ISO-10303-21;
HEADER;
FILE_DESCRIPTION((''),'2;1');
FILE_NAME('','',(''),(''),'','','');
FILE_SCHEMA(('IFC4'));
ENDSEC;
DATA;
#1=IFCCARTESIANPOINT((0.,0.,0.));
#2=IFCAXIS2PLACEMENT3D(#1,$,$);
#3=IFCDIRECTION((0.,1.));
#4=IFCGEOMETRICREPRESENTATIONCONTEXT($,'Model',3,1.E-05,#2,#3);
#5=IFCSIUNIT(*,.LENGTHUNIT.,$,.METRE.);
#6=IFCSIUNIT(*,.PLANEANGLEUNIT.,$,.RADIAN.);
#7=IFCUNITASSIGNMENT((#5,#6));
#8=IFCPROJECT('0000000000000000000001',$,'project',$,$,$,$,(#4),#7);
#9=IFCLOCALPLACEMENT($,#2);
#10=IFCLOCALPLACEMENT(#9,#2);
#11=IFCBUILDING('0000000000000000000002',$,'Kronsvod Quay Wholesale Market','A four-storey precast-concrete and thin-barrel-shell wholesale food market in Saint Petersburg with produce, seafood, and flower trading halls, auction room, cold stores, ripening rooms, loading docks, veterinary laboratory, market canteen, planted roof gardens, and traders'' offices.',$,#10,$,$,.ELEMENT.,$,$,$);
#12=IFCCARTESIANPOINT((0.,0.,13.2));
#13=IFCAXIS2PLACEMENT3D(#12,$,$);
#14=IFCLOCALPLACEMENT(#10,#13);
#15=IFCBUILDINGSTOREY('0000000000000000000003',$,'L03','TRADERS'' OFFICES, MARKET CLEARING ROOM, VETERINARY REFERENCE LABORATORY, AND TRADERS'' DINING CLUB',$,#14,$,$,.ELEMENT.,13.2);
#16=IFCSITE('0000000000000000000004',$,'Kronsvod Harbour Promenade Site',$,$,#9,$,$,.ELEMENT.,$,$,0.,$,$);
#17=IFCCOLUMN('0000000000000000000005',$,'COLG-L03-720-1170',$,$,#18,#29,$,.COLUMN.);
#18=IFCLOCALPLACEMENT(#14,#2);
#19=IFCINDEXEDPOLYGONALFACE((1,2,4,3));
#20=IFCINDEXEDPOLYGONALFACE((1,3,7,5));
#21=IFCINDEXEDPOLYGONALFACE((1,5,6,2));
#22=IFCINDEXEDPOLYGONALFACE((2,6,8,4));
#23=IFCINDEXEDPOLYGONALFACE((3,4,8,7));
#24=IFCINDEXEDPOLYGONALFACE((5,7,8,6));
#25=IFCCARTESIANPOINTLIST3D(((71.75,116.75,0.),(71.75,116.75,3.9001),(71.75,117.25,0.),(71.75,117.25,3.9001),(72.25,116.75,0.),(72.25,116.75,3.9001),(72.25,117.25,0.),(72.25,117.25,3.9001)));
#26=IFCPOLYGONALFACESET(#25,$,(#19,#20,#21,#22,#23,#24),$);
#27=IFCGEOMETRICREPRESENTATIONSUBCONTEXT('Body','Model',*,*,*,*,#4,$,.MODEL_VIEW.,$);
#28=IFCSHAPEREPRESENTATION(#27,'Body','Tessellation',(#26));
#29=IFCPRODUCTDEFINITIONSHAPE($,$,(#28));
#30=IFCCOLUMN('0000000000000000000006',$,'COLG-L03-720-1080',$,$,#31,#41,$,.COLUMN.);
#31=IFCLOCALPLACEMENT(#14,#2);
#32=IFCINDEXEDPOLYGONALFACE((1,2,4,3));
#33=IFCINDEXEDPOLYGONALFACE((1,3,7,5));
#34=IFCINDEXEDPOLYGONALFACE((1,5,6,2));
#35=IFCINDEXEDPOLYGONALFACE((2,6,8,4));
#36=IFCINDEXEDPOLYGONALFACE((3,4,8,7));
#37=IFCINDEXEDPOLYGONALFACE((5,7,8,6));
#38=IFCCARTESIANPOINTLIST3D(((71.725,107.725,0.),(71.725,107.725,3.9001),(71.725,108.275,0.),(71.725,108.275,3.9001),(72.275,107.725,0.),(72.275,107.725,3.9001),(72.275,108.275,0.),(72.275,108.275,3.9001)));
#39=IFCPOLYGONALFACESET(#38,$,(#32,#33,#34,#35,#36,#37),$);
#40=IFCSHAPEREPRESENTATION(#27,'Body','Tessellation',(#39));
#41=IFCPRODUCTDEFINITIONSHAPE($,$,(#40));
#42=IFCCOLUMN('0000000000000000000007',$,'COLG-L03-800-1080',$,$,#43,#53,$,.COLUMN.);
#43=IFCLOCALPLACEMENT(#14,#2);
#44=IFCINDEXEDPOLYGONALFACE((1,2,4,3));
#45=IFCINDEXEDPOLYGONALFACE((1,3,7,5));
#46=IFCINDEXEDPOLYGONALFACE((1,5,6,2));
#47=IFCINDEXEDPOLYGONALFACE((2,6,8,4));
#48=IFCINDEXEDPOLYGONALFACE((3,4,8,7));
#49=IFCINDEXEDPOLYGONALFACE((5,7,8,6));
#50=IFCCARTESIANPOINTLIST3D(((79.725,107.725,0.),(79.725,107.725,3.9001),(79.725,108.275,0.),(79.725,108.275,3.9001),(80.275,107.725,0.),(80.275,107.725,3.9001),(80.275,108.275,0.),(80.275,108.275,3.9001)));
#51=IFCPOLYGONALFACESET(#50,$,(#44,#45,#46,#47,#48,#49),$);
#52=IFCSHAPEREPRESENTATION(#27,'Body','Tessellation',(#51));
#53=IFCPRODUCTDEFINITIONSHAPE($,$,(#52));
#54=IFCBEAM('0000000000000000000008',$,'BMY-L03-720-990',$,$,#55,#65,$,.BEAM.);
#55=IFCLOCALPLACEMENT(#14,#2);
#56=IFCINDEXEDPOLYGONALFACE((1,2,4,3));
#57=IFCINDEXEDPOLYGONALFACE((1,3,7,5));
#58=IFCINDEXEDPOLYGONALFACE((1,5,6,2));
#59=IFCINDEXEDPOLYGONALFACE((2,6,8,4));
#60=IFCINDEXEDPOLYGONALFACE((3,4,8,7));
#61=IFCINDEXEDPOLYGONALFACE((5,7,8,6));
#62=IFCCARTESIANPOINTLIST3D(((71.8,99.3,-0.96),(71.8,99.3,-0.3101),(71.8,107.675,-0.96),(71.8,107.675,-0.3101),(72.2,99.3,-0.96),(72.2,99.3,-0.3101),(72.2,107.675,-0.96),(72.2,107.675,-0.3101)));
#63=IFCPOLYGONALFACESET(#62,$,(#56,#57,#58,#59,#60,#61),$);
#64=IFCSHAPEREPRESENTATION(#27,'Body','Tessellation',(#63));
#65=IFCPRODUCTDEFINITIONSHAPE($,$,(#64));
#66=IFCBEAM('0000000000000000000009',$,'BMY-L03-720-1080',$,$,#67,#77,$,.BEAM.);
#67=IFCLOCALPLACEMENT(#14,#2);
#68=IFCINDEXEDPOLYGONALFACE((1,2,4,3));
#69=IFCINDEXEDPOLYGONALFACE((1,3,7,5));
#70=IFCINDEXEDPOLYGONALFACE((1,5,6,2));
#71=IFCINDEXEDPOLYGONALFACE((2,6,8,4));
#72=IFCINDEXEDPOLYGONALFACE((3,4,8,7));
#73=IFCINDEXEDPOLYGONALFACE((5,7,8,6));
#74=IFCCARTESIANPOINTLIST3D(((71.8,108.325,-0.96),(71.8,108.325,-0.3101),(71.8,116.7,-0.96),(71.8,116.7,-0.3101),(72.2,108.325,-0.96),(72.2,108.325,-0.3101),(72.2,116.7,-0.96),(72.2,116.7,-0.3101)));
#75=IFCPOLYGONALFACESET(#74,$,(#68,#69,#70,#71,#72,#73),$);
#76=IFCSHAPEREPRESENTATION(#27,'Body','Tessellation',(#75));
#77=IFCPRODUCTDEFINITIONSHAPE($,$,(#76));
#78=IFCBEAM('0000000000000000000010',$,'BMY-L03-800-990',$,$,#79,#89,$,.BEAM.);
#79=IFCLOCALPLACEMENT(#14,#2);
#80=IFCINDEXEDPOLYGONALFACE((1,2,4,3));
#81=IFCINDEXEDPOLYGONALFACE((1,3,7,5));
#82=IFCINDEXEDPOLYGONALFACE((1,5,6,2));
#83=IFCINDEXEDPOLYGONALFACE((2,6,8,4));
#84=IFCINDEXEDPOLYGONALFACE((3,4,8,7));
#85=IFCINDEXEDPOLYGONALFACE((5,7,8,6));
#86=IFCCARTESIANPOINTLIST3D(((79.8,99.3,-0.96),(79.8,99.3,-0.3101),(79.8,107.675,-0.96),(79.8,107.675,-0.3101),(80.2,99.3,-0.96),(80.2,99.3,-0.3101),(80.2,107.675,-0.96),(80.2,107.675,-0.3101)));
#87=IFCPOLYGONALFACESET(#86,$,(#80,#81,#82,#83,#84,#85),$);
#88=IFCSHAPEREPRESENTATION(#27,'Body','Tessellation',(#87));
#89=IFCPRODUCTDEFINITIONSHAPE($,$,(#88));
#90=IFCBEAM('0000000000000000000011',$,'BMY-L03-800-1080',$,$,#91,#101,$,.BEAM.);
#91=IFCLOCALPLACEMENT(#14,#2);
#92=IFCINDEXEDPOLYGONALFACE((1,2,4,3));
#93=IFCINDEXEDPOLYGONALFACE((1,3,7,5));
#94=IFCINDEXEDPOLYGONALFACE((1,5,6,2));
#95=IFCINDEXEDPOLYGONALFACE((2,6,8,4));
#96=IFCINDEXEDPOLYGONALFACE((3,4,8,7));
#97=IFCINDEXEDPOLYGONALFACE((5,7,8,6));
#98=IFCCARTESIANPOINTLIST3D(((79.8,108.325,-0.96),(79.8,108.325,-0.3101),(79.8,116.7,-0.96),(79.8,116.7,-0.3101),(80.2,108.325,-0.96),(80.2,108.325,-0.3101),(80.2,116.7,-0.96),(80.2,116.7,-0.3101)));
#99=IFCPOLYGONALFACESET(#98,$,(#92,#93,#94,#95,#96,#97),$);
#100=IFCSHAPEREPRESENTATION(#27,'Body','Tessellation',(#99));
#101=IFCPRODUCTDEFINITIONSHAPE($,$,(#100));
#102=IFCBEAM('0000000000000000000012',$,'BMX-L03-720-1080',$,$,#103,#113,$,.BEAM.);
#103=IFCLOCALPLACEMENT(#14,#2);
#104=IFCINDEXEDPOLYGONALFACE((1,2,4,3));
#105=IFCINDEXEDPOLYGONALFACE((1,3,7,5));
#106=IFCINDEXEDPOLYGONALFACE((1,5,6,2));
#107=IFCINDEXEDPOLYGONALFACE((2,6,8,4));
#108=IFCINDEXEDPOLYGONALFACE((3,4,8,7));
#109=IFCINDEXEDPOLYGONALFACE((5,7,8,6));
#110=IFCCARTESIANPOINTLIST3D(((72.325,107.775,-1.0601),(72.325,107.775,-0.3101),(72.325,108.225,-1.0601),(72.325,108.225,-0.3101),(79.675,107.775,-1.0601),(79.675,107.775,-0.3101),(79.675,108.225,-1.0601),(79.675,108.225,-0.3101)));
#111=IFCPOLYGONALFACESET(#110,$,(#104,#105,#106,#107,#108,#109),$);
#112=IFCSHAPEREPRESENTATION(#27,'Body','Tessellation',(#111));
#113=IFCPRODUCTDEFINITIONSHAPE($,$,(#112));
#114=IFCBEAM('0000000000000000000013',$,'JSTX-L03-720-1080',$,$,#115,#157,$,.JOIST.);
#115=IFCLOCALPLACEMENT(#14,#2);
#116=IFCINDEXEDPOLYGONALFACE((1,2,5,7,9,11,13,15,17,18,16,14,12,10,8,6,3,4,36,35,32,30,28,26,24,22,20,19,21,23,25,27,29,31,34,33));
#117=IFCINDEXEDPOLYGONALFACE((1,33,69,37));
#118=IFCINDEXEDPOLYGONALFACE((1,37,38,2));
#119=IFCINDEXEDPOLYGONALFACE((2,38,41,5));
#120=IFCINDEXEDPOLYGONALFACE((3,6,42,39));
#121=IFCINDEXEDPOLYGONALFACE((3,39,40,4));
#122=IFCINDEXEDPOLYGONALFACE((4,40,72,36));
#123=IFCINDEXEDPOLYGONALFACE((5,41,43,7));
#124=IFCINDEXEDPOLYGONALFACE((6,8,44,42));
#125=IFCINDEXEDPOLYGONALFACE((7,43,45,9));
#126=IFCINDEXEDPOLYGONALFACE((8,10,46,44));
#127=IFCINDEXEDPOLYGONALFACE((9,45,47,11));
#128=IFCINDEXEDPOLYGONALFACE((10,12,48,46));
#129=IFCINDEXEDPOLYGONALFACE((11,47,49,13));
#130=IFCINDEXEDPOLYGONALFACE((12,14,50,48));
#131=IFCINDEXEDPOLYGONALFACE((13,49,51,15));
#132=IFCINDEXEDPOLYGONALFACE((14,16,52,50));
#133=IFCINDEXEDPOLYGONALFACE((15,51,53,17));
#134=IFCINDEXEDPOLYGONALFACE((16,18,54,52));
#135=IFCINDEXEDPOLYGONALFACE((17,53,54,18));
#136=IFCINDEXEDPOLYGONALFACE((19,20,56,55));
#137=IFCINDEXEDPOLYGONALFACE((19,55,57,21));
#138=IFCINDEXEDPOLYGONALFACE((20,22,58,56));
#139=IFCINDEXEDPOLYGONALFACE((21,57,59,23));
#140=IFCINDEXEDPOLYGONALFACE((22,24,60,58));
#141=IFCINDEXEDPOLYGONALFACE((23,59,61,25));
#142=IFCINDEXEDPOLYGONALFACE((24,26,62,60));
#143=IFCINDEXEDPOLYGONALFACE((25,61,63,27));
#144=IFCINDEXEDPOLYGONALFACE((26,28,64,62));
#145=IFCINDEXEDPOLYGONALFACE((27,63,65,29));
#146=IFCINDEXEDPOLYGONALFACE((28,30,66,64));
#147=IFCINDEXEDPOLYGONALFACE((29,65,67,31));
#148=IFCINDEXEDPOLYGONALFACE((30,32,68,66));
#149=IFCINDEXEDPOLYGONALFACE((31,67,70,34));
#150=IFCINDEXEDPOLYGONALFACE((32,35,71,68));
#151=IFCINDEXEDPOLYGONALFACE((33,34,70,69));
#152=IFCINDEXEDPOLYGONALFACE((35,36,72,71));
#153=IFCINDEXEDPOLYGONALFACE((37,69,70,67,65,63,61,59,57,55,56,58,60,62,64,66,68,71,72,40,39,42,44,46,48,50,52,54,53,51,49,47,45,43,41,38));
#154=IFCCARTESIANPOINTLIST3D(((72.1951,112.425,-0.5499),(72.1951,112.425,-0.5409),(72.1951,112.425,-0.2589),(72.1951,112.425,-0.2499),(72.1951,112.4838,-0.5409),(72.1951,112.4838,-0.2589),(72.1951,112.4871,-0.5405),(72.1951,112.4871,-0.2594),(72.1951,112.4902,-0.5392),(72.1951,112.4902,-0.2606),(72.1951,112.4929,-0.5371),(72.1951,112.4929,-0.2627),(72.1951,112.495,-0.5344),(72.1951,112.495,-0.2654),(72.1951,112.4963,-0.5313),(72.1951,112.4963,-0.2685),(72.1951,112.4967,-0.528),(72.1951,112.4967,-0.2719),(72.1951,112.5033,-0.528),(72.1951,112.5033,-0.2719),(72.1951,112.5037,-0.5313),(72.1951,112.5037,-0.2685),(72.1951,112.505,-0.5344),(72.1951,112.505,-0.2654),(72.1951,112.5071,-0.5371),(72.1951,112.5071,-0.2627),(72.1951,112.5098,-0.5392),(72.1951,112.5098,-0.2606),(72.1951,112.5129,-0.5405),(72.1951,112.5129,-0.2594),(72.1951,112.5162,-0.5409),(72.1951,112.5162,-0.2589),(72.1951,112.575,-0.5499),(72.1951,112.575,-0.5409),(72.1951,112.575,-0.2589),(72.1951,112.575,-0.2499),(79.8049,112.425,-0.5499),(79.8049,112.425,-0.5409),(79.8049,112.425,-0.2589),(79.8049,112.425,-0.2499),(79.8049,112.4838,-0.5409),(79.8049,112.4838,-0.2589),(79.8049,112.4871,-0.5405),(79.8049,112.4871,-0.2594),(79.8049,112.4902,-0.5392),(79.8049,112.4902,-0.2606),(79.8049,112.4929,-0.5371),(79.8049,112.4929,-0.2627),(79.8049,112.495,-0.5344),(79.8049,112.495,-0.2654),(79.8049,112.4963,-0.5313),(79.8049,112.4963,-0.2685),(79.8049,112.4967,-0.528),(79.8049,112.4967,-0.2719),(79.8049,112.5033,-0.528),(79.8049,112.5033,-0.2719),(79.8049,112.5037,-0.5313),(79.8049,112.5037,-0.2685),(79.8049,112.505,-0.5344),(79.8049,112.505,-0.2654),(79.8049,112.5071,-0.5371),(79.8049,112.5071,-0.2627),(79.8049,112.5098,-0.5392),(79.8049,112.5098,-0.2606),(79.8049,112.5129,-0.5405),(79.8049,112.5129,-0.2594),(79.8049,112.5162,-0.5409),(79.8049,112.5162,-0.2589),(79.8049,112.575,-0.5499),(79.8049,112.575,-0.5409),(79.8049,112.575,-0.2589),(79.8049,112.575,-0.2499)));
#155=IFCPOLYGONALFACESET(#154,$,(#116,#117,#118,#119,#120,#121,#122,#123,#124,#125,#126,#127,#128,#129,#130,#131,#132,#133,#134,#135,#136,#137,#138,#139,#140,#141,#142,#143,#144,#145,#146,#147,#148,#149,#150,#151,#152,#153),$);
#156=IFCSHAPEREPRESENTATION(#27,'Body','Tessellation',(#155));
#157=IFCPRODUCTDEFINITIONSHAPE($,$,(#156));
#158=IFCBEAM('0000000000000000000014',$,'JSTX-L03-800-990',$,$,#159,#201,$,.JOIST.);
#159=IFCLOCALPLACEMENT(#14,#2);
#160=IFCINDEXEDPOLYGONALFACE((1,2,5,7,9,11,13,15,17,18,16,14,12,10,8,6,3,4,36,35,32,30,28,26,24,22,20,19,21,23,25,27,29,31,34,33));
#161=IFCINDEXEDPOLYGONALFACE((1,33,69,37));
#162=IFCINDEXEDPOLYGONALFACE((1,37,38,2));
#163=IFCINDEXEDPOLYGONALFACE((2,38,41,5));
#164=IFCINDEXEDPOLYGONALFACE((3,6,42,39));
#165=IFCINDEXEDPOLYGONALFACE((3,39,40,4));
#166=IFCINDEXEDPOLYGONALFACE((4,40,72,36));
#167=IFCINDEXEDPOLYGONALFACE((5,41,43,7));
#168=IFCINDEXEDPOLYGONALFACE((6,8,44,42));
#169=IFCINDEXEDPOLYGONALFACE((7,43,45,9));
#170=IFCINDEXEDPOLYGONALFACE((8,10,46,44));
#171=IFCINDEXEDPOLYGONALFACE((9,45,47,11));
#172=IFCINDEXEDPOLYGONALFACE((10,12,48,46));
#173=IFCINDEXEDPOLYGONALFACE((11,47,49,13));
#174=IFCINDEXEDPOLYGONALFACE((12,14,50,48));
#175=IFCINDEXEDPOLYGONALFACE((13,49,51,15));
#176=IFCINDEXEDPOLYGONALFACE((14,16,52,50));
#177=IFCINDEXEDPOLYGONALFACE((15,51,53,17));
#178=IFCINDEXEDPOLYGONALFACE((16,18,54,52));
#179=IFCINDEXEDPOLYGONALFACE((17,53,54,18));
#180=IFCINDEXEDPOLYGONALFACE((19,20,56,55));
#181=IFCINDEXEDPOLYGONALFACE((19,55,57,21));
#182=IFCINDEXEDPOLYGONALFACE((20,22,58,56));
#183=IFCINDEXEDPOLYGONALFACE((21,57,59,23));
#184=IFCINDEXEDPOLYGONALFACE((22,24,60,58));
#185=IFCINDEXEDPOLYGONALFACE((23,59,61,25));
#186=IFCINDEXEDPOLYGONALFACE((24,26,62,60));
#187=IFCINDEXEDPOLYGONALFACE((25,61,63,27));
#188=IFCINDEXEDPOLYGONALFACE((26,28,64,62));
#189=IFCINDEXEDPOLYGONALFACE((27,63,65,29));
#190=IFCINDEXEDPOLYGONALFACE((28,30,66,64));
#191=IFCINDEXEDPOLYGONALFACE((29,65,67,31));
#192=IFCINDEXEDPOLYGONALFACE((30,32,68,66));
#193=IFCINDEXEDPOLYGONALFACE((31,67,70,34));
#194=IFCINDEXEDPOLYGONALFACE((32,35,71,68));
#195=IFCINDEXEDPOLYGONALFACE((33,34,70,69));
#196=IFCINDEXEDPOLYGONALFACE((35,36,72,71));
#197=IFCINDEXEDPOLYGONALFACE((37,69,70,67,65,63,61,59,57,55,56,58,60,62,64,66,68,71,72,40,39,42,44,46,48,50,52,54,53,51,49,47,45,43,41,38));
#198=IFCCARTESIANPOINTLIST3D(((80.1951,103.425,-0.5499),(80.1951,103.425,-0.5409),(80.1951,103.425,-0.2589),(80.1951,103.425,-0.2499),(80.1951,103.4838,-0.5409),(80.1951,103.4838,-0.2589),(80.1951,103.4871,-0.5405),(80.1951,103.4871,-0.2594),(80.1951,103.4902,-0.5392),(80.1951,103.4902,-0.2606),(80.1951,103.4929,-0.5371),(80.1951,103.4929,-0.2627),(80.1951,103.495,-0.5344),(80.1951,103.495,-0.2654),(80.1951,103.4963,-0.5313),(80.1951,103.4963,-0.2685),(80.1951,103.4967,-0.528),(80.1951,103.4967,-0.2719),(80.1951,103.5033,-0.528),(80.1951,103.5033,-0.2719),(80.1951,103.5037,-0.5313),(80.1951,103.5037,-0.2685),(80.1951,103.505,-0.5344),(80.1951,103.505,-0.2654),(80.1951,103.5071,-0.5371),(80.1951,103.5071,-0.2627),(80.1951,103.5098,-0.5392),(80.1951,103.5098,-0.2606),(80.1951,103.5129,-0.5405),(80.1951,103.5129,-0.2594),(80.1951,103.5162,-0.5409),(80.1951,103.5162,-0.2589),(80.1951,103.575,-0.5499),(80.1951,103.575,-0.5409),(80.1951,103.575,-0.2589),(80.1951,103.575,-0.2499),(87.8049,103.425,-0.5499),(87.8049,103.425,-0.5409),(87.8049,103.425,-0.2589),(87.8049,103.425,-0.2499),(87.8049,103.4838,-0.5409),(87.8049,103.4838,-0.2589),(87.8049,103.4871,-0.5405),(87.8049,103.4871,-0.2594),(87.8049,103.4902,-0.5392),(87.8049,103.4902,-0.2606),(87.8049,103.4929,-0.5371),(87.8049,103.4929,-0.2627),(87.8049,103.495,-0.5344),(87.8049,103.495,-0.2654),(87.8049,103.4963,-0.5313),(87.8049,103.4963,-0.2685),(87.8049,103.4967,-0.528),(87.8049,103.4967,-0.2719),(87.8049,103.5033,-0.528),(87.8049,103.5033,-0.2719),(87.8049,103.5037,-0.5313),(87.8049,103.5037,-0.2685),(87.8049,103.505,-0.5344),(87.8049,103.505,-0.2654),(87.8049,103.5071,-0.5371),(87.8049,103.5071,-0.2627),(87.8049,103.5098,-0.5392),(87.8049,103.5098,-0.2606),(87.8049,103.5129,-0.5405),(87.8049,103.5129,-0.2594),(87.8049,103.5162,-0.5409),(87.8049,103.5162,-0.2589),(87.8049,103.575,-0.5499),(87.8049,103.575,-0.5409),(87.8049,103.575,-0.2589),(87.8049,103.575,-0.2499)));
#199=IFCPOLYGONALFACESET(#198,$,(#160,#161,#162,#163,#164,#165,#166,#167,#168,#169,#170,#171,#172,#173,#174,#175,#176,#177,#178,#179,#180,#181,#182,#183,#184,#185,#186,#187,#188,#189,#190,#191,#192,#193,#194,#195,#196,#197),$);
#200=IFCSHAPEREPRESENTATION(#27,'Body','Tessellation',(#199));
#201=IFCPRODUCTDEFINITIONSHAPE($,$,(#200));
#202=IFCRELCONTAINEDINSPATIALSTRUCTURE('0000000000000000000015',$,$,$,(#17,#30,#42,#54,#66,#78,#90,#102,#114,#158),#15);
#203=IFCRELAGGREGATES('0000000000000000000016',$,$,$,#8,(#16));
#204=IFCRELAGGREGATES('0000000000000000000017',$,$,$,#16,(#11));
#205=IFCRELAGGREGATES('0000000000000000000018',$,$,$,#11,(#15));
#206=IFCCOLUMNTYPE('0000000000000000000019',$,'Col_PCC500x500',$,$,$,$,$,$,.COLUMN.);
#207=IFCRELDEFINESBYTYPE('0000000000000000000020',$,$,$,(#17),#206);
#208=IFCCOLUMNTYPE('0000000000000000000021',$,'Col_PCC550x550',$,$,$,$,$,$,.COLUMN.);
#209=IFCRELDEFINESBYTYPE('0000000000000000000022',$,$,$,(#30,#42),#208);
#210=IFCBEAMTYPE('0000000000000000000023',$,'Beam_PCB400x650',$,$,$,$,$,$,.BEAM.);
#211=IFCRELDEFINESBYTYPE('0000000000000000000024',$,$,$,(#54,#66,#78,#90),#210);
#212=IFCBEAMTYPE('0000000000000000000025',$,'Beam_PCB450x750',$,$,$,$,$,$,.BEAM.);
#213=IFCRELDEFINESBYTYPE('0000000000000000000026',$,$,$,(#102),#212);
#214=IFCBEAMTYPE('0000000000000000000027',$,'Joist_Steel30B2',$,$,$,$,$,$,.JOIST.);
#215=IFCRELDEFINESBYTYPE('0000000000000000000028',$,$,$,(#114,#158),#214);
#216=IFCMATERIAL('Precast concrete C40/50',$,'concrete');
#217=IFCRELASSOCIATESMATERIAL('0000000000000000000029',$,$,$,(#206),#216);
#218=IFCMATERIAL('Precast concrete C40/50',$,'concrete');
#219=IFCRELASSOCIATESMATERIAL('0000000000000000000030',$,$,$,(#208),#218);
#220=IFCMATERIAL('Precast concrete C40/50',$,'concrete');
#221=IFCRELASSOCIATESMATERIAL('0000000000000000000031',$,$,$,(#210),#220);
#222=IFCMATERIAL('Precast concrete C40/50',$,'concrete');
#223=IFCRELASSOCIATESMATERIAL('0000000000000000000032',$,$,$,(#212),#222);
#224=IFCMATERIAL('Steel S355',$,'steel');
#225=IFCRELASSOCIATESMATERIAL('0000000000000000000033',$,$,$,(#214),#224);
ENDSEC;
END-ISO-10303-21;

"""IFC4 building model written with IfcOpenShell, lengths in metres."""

from ifc_helpers import new_model, si_unit, direction, frame, origin, origin_2d, place, context, subcontext, project, spatial, rectangle, i_section, extrude, material, material_profile, profile_set, type_object, element, save


model = new_model("IFC4")

# Units and contexts
model_context = context("Model", 3, precision=1e-05, world=origin(), true_north=direction((0.0, 1.0)))
body_context = subcontext(model_context, "Body", "Model", "MODEL_VIEW")
ifc_project = project(units=[si_unit("LENGTHUNIT", "METRE"), si_unit("PLANEANGLEUNIT", "RADIAN")], contexts=[model_context])

# Site, building, storey
site_placement = place(None, origin())
site = spatial("IfcSite", under=ifc_project, at=site_placement, Name="Kronsvod Harbour Promenade Site", CompositionType="ELEMENT", RefElevation=0.0)
building_placement = place(site_placement, origin())
building = spatial("IfcBuilding", under=site, at=building_placement, Name="Kronsvod Quay Wholesale Market", Description="A four-storey precast-concrete and thin-barrel-shell wholesale food market in Saint Petersburg with produce, seafood, and flower trading halls, auction room, cold stores, ripening rooms, loading docks, veterinary laboratory, market canteen, planted roof gardens, and traders' offices.", CompositionType="ELEMENT")
storey_placement = place(building_placement, frame((0.0, 0.0, 13.2)))
storey = spatial("IfcBuildingStorey", under=building, at=storey_placement, Name="L03", Description="TRADERS' OFFICES, MARKET CLEARING ROOM, VETERINARY REFERENCE LABORATORY, AND TRADERS' DINING CLUB", CompositionType="ELEMENT", Elevation=13.2)

# Columns
ifc_material_1 = material(Name="Precast concrete C40/50", Category="concrete")
ifc_material_profile_1 = material_profile(ifc_material_1, rectangle(XDim=0.5, YDim=0.5, at=origin_2d()), Name="PCC500x500")
ifc_profile_set_1 = profile_set([ifc_material_profile_1], Name="Precast concrete C40/50")
column_type_1 = type_object("IfcColumnType", Name="Col_PCC500x500", PredefinedType="COLUMN", material=ifc_profile_set_1)
column_placement = place(storey_placement, frame((72.0, 117.0, 0.0), z_axis=(0.0, 0.0, 1.0), x_axis=(1.0, 0.0, 0.0)))
element("IfcColumn", 1, at=column_placement, inside=storey, type_object=column_type_1, Name="COLG-L03-720-1170", PredefinedType="COLUMN", context=body_context, shape_type="SweptSolid", body=[
    extrude(rectangle(XDim=0.5, YDim=0.5, at=origin_2d()), origin(), (0.0, 0.0, 1.0), 3.9001),
])
ifc_material_2 = material(Name="Precast concrete C40/50", Category="concrete")
ifc_material_profile_2 = material_profile(ifc_material_2, rectangle(XDim=0.55, YDim=0.55, at=origin_2d()), Name="COL-09")
ifc_profile_set_2 = profile_set([ifc_material_profile_2], Name="Precast concrete C40/50")
column_type_2 = type_object("IfcColumnType", Name="Col_PCC550x550", PredefinedType="COLUMN", material=ifc_profile_set_2)
for number, where, z_axis, x_axis, name in (
    (2, (72.0, 108.0, 0.0), (0.0, 0.0, 1.0), (1.0, 0.0, 0.0), "COLG-L03-720-1080"),
    (3, (80.0, 108.0, 0.0), (0.0, 0.0, 1.0), (1.0, 0.0, 0.0), "COLG-L03-800-1080"),
):
    element("IfcColumn", number, at=place(storey_placement, frame(where, z_axis=z_axis, x_axis=x_axis)), inside=storey, type_object=column_type_2, Name=name, PredefinedType="COLUMN", context=body_context, shape_type="SweptSolid", body=[
        extrude(rectangle(XDim=0.55, YDim=0.55, at=origin_2d()), origin(), (0.0, 0.0, 1.0), 3.9001),
    ])

# Beams
ifc_material_3 = material(Name="Precast concrete C40/50", Category="concrete")
ifc_material_profile_3 = material_profile(ifc_material_3, rectangle(XDim=0.3999, YDim=0.6499, at=origin_2d()), Name="PCB400x650")
ifc_profile_set_3 = profile_set([ifc_material_profile_3], Name="Precast concrete C40/50")
beam_type_1 = type_object("IfcBeamType", Name="Beam_PCB400x650", PredefinedType="BEAM", material=ifc_profile_set_3)
for number, where, z_axis, x_axis, name in (
    (4, (72.0, 99.3, -0.635), (0.0, 1.0, 0.0), (-1.0, 0.0, 0.0), "BMY-L03-720-990"),
    (5, (72.0, 108.325, -0.635), (0.0, 1.0, 0.0), (-1.0, 0.0, 0.0), "BMY-L03-720-1080"),
    (6, (80.0, 99.3, -0.635), (0.0, 1.0, 0.0), (-1.0, 0.0, 0.0), "BMY-L03-800-990"),
    (7, (80.0, 108.325, -0.635), (0.0, 1.0, 0.0), (-1.0, 0.0, 0.0), "BMY-L03-800-1080"),
):
    element("IfcBeam", number, at=place(storey_placement, frame(where, z_axis=z_axis, x_axis=x_axis)), inside=storey, type_object=beam_type_1, Name=name, PredefinedType="BEAM", context=body_context, shape_type="SweptSolid", body=[
        extrude(rectangle(XDim=0.3999, YDim=0.6499, at=origin_2d()), origin(), (0.0, 0.0, 1.0), 8.375),
    ])
ifc_material_4 = material(Name="Precast concrete C40/50", Category="concrete")
ifc_material_profile_4 = material_profile(ifc_material_4, rectangle(XDim=0.45, YDim=0.75, at=origin_2d()), Name="PCB450x750")
ifc_profile_set_4 = profile_set([ifc_material_profile_4], Name="Precast concrete C40/50")
beam_type_2 = type_object("IfcBeamType", Name="Beam_PCB450x750", PredefinedType="BEAM", material=ifc_profile_set_4)
beam_placement = place(storey_placement, frame((72.325, 108.0, -0.6851), z_axis=(1.0, 0.0, 0.0), x_axis=(0.0, 1.0, 0.0)))
element("IfcBeam", 8, at=beam_placement, inside=storey, type_object=beam_type_2, Name="BMX-L03-720-1080", PredefinedType="BEAM", context=body_context, shape_type="SweptSolid", body=[
    extrude(rectangle(XDim=0.45, YDim=0.75, at=origin_2d()), origin(), (0.0, 0.0, 1.0), 7.3501),
])
ifc_material_5 = material(Name="Steel S355", Category="steel")
ifc_material_profile_5 = material_profile(ifc_material_5, i_section(OverallWidth=0.1499, OverallDepth=0.3, WebThickness=0.0066, FlangeThickness=0.009, FilletRadius=0.0129, at=origin_2d()), Name="30B2")
ifc_profile_set_5 = profile_set([ifc_material_profile_5], Name="Steel S355")
beam_type_3 = type_object("IfcBeamType", Name="Joist_Steel30B2", PredefinedType="JOIST", material=ifc_profile_set_5)
for number, where, z_axis, x_axis, name in (
    (9, (72.1951, 112.5, -0.3999), (1.0, 0.0, 0.0), (0.0, 1.0, 0.0), "JSTX-L03-720-1080"),
    (10, (80.1951, 103.5, -0.3999), (1.0, 0.0, 0.0), (0.0, 1.0, 0.0), "JSTX-L03-800-990"),
):
    element("IfcBeam", number, at=place(storey_placement, frame(where, z_axis=z_axis, x_axis=x_axis)), inside=storey, type_object=beam_type_3, Name=name, PredefinedType="JOIST", context=body_context, shape_type="SweptSolid", body=[
        extrude(i_section(OverallWidth=0.1499, OverallDepth=0.3, WebThickness=0.0066, FlangeThickness=0.009, FilletRadius=0.0129, at=origin_2d()), origin(), (0.0, 0.0, 1.0), 7.6099),
    ])

save(model, "model.ifc")
